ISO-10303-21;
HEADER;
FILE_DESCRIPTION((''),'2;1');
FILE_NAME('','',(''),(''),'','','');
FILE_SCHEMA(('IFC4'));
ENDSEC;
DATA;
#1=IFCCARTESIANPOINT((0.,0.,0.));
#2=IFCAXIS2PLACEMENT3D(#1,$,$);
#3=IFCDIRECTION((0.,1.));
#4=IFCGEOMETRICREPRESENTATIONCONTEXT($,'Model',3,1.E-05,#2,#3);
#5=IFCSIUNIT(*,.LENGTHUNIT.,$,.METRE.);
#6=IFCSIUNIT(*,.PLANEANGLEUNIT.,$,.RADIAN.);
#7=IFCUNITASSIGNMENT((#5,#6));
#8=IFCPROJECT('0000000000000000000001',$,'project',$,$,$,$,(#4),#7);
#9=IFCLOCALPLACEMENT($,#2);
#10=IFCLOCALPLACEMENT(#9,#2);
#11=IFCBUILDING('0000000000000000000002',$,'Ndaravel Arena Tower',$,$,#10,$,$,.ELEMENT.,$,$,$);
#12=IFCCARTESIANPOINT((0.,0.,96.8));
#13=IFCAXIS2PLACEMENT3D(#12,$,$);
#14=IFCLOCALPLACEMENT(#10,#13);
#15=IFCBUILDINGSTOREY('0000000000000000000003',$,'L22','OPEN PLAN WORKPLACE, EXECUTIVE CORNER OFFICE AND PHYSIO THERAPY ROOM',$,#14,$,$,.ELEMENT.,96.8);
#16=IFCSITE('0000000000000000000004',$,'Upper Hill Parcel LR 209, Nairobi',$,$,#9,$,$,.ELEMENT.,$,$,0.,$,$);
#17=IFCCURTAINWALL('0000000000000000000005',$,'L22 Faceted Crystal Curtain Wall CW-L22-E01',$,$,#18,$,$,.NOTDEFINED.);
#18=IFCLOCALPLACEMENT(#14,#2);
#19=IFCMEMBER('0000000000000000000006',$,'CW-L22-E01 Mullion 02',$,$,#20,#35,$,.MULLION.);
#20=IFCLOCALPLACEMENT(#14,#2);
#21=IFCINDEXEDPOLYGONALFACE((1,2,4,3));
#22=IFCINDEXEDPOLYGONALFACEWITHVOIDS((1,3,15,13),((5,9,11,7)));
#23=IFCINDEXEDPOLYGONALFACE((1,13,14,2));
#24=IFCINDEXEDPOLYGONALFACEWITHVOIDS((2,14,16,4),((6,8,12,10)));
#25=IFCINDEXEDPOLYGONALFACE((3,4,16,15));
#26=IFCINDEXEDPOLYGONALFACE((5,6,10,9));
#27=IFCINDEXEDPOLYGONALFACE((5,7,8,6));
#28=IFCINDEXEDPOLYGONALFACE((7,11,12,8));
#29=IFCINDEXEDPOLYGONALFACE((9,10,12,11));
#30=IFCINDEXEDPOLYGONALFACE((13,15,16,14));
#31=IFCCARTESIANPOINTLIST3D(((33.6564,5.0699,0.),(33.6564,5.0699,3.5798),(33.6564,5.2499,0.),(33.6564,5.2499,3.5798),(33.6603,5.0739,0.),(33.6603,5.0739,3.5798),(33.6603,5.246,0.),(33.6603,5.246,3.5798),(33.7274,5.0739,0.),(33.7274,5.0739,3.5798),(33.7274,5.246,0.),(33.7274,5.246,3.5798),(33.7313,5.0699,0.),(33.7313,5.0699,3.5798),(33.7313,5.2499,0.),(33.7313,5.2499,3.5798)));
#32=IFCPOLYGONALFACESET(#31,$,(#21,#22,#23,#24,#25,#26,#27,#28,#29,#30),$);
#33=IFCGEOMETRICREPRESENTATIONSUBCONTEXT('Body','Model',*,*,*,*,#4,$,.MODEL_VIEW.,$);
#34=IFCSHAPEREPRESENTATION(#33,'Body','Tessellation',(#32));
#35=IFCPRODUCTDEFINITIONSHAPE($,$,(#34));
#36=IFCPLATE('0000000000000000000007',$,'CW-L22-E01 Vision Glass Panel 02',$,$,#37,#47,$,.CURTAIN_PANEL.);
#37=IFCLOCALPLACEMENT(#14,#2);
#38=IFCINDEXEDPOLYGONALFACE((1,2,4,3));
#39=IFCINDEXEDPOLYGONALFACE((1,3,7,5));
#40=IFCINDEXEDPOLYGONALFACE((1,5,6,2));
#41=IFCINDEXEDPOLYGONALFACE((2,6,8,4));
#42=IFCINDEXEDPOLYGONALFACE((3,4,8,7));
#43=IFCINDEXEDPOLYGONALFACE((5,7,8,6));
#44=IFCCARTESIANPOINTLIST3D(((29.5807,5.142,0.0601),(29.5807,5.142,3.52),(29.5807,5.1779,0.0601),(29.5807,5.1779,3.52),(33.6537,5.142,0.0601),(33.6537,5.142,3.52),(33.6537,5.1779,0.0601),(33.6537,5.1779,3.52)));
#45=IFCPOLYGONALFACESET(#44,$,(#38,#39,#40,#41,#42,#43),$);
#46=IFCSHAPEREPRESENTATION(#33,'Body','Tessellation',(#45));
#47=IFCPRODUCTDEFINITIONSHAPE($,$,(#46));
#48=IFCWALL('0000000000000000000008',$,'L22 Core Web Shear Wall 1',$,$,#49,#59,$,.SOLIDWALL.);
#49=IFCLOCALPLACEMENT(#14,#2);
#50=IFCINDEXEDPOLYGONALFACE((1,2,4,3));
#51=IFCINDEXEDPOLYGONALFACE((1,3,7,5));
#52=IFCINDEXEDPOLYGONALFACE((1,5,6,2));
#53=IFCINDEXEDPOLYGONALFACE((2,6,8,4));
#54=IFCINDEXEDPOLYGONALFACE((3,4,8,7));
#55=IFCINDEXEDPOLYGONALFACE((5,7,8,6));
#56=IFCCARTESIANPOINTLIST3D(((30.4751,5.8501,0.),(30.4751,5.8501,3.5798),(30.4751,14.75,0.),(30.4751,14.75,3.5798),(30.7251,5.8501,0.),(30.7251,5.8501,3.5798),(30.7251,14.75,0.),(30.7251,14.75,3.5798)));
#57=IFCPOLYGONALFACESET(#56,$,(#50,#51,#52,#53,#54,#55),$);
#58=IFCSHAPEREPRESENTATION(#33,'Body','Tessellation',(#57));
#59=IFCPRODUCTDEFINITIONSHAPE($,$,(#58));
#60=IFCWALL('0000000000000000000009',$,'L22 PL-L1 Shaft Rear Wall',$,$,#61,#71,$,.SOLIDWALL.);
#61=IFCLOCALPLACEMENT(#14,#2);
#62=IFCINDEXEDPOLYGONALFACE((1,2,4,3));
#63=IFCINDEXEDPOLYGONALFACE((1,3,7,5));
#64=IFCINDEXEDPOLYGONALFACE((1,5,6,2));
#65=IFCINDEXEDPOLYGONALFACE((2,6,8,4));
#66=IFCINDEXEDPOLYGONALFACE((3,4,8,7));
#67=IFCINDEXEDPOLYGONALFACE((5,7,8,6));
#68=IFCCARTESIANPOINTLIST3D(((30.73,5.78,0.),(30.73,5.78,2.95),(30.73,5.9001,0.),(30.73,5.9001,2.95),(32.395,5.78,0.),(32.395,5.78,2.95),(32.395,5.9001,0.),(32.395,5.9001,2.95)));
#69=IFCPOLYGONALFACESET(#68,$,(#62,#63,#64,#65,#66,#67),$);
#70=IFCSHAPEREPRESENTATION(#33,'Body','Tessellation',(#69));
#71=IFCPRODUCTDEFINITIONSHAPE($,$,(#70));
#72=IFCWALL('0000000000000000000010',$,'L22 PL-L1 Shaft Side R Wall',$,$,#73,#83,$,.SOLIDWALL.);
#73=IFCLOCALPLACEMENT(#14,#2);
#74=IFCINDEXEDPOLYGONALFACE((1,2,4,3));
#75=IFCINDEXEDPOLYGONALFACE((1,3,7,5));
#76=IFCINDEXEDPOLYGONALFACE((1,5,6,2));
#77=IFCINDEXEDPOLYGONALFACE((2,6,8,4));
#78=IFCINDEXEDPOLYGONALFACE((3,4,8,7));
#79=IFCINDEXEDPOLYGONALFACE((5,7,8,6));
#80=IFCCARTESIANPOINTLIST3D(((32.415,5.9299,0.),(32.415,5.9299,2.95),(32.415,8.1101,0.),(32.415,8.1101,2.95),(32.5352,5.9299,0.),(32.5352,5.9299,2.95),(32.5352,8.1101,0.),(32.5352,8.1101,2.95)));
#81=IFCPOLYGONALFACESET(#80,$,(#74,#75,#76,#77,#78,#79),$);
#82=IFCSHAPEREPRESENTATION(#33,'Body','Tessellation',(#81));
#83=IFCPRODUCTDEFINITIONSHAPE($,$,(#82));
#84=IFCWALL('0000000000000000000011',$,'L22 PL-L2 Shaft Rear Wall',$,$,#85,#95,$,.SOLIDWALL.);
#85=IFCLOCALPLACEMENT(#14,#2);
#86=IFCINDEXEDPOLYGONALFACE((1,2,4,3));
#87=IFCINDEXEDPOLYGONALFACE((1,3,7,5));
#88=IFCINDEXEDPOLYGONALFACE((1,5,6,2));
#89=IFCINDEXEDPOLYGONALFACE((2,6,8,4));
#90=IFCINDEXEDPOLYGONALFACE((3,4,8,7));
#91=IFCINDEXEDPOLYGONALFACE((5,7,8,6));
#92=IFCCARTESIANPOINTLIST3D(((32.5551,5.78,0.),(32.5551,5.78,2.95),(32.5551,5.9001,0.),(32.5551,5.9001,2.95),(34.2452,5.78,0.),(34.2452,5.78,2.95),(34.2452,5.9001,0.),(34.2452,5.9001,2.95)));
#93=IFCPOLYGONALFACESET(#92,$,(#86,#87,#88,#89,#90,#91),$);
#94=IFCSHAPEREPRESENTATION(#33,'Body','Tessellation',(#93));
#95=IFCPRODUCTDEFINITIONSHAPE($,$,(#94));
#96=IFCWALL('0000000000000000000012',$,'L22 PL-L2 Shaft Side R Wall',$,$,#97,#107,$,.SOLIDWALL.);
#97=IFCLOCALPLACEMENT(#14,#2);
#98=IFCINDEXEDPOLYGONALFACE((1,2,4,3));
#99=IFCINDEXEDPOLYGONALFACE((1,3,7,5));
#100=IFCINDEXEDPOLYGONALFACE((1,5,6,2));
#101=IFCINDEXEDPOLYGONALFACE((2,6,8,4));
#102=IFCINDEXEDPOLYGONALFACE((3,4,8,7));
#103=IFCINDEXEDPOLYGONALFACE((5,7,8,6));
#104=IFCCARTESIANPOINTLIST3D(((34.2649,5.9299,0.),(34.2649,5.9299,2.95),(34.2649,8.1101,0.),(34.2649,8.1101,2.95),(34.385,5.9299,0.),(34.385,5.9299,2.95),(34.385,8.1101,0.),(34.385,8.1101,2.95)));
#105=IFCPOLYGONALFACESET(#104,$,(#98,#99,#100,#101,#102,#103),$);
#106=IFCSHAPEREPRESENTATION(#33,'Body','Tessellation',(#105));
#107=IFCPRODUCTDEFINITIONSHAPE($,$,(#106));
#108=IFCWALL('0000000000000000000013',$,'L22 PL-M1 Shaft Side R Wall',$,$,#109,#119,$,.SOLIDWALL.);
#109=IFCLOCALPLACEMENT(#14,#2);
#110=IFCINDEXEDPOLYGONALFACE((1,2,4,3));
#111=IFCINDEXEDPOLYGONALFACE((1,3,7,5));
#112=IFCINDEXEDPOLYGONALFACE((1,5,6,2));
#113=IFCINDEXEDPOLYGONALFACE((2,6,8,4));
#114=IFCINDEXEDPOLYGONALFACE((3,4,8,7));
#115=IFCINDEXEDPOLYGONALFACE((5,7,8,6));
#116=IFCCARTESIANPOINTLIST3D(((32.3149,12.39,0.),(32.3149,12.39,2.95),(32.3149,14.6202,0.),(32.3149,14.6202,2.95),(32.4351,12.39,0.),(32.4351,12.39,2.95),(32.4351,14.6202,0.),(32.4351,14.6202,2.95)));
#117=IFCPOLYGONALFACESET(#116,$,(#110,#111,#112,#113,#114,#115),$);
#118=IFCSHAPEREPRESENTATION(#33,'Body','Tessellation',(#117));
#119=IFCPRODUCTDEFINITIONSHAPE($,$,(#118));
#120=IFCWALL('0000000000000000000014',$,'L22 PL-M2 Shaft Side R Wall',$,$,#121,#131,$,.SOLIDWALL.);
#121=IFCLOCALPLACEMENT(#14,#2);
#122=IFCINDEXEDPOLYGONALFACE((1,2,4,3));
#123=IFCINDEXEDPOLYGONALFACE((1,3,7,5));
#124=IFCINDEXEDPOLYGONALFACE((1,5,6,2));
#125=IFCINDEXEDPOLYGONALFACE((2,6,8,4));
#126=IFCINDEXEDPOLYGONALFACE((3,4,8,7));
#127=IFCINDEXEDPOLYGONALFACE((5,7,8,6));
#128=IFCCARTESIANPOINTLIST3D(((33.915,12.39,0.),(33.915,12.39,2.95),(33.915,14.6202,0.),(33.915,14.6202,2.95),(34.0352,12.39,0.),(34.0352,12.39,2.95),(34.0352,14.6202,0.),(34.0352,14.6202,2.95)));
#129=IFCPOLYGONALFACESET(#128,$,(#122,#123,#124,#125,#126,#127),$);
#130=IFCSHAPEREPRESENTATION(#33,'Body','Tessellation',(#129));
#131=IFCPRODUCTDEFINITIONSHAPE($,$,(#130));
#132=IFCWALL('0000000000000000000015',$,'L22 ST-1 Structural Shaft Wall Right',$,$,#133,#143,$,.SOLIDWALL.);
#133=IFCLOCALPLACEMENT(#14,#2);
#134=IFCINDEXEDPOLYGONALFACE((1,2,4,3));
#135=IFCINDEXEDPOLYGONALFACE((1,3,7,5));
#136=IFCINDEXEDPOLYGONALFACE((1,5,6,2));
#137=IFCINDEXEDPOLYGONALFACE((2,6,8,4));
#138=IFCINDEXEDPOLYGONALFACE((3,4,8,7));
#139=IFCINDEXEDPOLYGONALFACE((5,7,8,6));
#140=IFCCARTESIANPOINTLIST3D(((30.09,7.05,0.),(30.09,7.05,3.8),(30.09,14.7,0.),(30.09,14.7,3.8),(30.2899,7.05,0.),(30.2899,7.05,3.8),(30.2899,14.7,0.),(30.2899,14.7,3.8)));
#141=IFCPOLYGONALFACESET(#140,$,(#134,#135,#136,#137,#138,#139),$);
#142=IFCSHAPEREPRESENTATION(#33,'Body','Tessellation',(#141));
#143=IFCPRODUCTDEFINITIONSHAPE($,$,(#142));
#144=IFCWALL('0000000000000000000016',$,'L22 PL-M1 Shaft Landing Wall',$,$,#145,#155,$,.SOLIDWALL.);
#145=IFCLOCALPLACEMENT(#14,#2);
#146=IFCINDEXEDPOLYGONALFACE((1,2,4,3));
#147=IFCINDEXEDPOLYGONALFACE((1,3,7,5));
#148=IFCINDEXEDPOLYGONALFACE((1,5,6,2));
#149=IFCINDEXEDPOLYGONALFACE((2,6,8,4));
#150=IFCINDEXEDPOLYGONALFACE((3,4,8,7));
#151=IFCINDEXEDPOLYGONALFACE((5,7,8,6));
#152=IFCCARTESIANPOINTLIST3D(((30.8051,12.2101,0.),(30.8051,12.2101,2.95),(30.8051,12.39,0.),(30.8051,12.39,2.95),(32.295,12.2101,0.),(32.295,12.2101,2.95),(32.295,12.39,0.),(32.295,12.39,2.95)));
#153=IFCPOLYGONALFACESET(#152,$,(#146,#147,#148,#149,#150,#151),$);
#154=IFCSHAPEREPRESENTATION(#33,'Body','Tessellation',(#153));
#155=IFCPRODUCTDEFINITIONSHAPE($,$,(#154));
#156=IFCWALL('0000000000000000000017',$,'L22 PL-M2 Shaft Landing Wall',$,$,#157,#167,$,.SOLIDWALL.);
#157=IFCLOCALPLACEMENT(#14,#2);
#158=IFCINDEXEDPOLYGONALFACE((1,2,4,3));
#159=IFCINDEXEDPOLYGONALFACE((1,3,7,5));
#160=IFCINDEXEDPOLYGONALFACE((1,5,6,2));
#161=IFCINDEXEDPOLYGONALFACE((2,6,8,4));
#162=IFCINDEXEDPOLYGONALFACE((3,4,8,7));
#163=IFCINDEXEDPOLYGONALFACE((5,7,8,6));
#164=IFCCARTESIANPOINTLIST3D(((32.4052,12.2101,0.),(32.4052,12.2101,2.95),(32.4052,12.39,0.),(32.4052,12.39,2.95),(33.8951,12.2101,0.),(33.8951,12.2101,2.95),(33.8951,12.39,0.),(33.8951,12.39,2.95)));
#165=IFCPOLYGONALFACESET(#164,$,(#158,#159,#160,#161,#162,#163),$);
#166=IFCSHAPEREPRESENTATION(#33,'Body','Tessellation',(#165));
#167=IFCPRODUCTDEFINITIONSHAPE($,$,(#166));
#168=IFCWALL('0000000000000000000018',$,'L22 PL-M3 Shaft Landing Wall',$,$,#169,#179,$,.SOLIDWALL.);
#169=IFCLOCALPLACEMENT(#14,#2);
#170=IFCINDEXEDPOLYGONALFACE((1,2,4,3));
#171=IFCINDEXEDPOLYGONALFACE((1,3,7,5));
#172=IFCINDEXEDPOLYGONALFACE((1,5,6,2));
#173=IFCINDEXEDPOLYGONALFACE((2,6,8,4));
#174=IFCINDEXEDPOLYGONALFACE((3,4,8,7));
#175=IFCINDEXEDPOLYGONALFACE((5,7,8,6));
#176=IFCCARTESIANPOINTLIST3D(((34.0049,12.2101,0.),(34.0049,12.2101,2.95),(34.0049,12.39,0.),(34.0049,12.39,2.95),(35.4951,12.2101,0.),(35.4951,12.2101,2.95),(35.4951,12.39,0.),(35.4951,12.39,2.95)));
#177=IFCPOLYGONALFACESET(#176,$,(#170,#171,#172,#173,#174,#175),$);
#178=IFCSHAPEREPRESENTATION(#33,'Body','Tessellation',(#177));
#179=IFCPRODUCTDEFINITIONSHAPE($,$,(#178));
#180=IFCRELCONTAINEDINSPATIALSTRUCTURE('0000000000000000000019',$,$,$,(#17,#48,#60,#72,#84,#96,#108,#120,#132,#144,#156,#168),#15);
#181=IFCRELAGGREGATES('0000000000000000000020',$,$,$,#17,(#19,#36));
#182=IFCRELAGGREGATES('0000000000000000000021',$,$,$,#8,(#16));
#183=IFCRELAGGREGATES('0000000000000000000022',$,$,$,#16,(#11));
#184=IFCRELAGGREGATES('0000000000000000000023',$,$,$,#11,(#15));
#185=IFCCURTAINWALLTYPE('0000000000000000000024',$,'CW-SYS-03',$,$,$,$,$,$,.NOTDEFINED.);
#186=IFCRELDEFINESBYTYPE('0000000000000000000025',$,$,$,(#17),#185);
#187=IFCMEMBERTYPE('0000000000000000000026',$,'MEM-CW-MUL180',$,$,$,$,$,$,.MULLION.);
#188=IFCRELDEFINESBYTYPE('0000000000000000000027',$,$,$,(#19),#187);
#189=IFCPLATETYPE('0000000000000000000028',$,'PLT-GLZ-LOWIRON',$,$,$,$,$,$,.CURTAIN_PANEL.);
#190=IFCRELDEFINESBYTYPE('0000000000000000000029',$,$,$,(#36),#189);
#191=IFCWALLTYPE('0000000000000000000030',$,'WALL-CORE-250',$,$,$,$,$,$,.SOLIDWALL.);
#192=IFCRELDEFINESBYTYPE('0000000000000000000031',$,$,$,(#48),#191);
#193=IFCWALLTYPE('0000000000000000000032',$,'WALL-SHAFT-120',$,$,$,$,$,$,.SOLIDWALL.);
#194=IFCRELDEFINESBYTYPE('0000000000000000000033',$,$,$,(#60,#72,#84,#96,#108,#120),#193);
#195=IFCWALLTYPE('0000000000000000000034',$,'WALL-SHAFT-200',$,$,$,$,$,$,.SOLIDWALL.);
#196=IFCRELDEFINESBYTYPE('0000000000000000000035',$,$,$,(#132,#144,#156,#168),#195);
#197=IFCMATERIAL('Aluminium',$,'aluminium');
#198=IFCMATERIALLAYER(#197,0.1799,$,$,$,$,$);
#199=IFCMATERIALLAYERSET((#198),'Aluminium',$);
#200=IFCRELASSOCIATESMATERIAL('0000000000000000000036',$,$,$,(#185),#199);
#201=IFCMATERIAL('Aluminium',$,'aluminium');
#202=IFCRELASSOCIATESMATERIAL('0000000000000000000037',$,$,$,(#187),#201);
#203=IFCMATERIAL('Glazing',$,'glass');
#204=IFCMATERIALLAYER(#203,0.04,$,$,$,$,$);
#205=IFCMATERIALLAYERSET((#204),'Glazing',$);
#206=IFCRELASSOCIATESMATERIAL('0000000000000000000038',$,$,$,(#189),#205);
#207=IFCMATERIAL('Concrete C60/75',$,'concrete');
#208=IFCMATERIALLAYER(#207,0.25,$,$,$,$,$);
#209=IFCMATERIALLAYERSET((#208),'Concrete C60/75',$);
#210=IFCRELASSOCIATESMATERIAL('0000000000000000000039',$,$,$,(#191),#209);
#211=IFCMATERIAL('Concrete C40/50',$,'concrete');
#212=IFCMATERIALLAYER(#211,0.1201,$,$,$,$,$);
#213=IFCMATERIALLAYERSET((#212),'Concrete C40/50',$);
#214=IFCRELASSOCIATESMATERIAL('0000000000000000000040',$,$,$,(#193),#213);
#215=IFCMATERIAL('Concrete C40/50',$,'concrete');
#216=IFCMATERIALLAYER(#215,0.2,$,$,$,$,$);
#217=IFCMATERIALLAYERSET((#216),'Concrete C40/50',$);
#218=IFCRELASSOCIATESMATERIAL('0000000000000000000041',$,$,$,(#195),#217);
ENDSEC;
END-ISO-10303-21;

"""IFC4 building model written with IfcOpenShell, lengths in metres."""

from ifc_helpers import new_model, si_unit, direction, frame, frame_2d, origin, origin_2d, place, context, subcontext, project, spatial, rectangle, hollow_rectangle, extrude, material, layer, layer_set, material_profile, profile_set, type_object, element, aggregate, save


model = new_model("IFC4")

# Units and contexts
model_context = context("Model", 3, precision=1e-05, world=origin(), true_north=direction((0.0, 1.0)))
body_context = subcontext(model_context, "Body", "Model", "MODEL_VIEW")
ifc_project = project(units=[si_unit("LENGTHUNIT", "METRE"), si_unit("PLANEANGLEUNIT", "RADIAN")], contexts=[model_context])

# Site, building, storey
site_placement = place(None, origin())
site = spatial("IfcSite", under=ifc_project, at=site_placement, Name="Upper Hill Parcel LR 209, Nairobi", CompositionType="ELEMENT", RefElevation=0.0)
building_placement = place(site_placement, origin())
building = spatial("IfcBuilding", under=site, at=building_placement, Name="Ndaravel Arena Tower", CompositionType="ELEMENT")
storey_placement = place(building_placement, frame((0.0, 0.0, 96.8)))
storey = spatial("IfcBuildingStorey", under=building, at=storey_placement, Name="L22", Description="OPEN PLAN WORKPLACE, EXECUTIVE CORNER OFFICE AND PHYSIO THERAPY ROOM", CompositionType="ELEMENT", Elevation=96.8)

# Curtain wall, member, plate
ifc_material_1 = material(Name="Aluminium", Category="aluminium")
ifc_layer_1 = layer(ifc_material_1, 0.1799)
ifc_layer_set_1 = layer_set([ifc_layer_1], Name="Aluminium")
curtain_wall_type = type_object("IfcCurtainWallType", Name="CW-SYS-03", PredefinedType="NOTDEFINED", material=ifc_layer_set_1)
curtain_wall_placement = place(storey_placement, origin())
curtain_wall = element("IfcCurtainWall", 1, at=curtain_wall_placement, inside=storey, type_object=curtain_wall_type, Name="L22 Faceted Crystal Curtain Wall CW-L22-E01", PredefinedType="NOTDEFINED")
ifc_material_2 = material(Name="Aluminium", Category="aluminium")
ifc_material_profile = material_profile(ifc_material_2, hollow_rectangle(XDim=0.075, YDim=0.1799, WallThickness=0.0039, at=origin_2d()), Name="CW MULLION 75x180x4")
ifc_profile_set = profile_set([ifc_material_profile], Name="Aluminium")
member_type = type_object("IfcMemberType", Name="MEM-CW-MUL180", PredefinedType="MULLION", material=ifc_profile_set)
member_placement = place(storey_placement, frame((33.6938, 5.1599, 0.0), z_axis=(0.0, 0.0, 1.0), x_axis=(1.0, 0.0, 0.0)))
member = element("IfcMember", 2, at=member_placement, type_object=member_type, Name="CW-L22-E01 Mullion 02", PredefinedType="MULLION", context=body_context, shape_type="SweptSolid", body=[
    extrude(hollow_rectangle(XDim=0.075, YDim=0.1799, WallThickness=0.0039, at=origin_2d()), origin(), (0.0, 0.0, 1.0), 3.5798),
])
ifc_material_3 = material(Name="Glazing", Category="glass")
ifc_layer_2 = layer(ifc_material_3, 0.04)
ifc_layer_set_2 = layer_set([ifc_layer_2], Name="Glazing")
plate_type = type_object("IfcPlateType", Name="PLT-GLZ-LOWIRON", PredefinedType="CURTAIN_PANEL", material=ifc_layer_set_2)
plate_placement = place(storey_placement, frame((31.6172, 5.1599, 0.0601), z_axis=(0.0, 0.0, 1.0), x_axis=(1.0, 0.0, 0.0)))
plate = element("IfcPlate", 3, at=plate_placement, type_object=plate_type, Name="CW-L22-E01 Vision Glass Panel 02", PredefinedType="CURTAIN_PANEL", context=body_context, shape_type="SweptSolid", body=[
    extrude(rectangle(XDim=4.073, YDim=0.0359, at=origin_2d()), origin(), (0.0, 0.0, 1.0), 3.46),
])
aggregate(curtain_wall, [member, plate])

# Walls
ifc_material_4 = material(Name="Concrete C60/75", Category="concrete")
ifc_layer_3 = layer(ifc_material_4, 0.25)
ifc_layer_set_3 = layer_set([ifc_layer_3], Name="Concrete C60/75")
wall_type_1 = type_object("IfcWallType", Name="WALL-CORE-250", PredefinedType="SOLIDWALL", material=ifc_layer_set_3)
wall_1_placement = place(storey_placement, frame((30.6001, 5.8501, 0.0), z_axis=(0.0, 0.0, 1.0), x_axis=(0.0, 1.0, 0.0)))
element("IfcWall", 4, at=wall_1_placement, inside=storey, type_object=wall_type_1, Name="L22 Core Web Shear Wall 1", PredefinedType="SOLIDWALL", context=body_context, shape_type="SweptSolid", body=[
    extrude(rectangle(XDim=8.8999, YDim=0.25, at=frame_2d((4.45, 0.0))), origin(), (0.0, 0.0, 1.0), 3.5798),
])
ifc_material_5 = material(Name="Concrete C40/50", Category="concrete")
ifc_layer_4 = layer(ifc_material_5, 0.1201)
ifc_layer_set_4 = layer_set([ifc_layer_4], Name="Concrete C40/50")
wall_type_2 = type_object("IfcWallType", Name="WALL-SHAFT-120", PredefinedType="SOLIDWALL", material=ifc_layer_set_4)
wall_2_placement = place(storey_placement, frame((30.73, 5.8401, 0.0), z_axis=(0.0, 0.0, 1.0), x_axis=(1.0, 0.0, 0.0)))
element("IfcWall", 5, at=wall_2_placement, inside=storey, type_object=wall_type_2, Name="L22 PL-L1 Shaft Rear Wall", PredefinedType="SOLIDWALL", context=body_context, shape_type="SweptSolid", body=[
    extrude(rectangle(XDim=1.665, YDim=0.1201, at=frame_2d((0.8325, 0.0))), origin(), (0.0, 0.0, 1.0), 2.95),
])
wall_3_placement = place(storey_placement, frame((32.4751, 5.9299, 0.0), z_axis=(0.0, 0.0, 1.0), x_axis=(0.0, 1.0, 0.0)))
element("IfcWall", 6, at=wall_3_placement, inside=storey, type_object=wall_type_2, Name="L22 PL-L1 Shaft Side R Wall", PredefinedType="SOLIDWALL", context=body_context, shape_type="SweptSolid", body=[
    extrude(rectangle(XDim=2.1802, YDim=0.1201, at=frame_2d((1.0901, 0.0))), origin(), (0.0, 0.0, 1.0), 2.95),
])
wall_4_placement = place(storey_placement, frame((32.5549, 5.8401, 0.0), z_axis=(0.0, 0.0, 1.0), x_axis=(1.0, 0.0, 0.0)))
element("IfcWall", 7, at=wall_4_placement, inside=storey, type_object=wall_type_2, Name="L22 PL-L2 Shaft Rear Wall", PredefinedType="SOLIDWALL", context=body_context, shape_type="SweptSolid", body=[
    extrude(rectangle(XDim=1.6902, YDim=0.1201, at=frame_2d((0.8452, 0.0))), origin(), (0.0, 0.0, 1.0), 2.95),
])
wall_5_placement = place(storey_placement, frame((34.325, 5.9299, 0.0), z_axis=(0.0, 0.0, 1.0), x_axis=(0.0, 1.0, 0.0)))
element("IfcWall", 8, at=wall_5_placement, inside=storey, type_object=wall_type_2, Name="L22 PL-L2 Shaft Side R Wall", PredefinedType="SOLIDWALL", context=body_context, shape_type="SweptSolid", body=[
    extrude(rectangle(XDim=2.1802, YDim=0.1201, at=frame_2d((1.0901, 0.0))), origin(), (0.0, 0.0, 1.0), 2.95),
])
for number, where, z_axis, x_axis, name in (
    (9, (32.375, 12.3899, 0.0), (0.0, 0.0, 1.0), (0.0, 1.0, 0.0), "L22 PL-M1 Shaft Side R Wall"),
    (10, (33.9751, 12.3899, 0.0), (0.0, 0.0, 1.0), (0.0, 1.0, 0.0), "L22 PL-M2 Shaft Side R Wall"),
):
    element("IfcWall", number, at=place(storey_placement, frame(where, z_axis=z_axis, x_axis=x_axis)), inside=storey, type_object=wall_type_2, Name=name, PredefinedType="SOLIDWALL", context=body_context, shape_type="SweptSolid", body=[
        extrude(rectangle(XDim=2.2302, YDim=0.1201, at=frame_2d((1.1152, 0.0))), origin(), (0.0, 0.0, 1.0), 2.95),
    ])
ifc_material_6 = material(Name="Concrete C40/50", Category="concrete")
ifc_layer_5 = layer(ifc_material_6, 0.2)
ifc_layer_set_5 = layer_set([ifc_layer_5], Name="Concrete C40/50")
wall_type_3 = type_object("IfcWallType", Name="WALL-SHAFT-200", PredefinedType="SOLIDWALL", material=ifc_layer_set_5)
wall_6_placement = place(storey_placement, frame((30.1899, 14.7, 0.0), z_axis=(0.0, 0.0, 1.0), x_axis=(0.0, -1.0, 0.0)))
element("IfcWall", 11, at=wall_6_placement, inside=storey, type_object=wall_type_3, Name="L22 ST-1 Structural Shaft Wall Right", PredefinedType="SOLIDWALL", context=body_context, shape_type="SweptSolid", body=[
    extrude(rectangle(XDim=7.6499, YDim=0.2, at=frame_2d((3.825, 0.0))), origin(), (0.0, 0.0, 1.0), 3.8),
])

# Walls
for number, where, z_axis, x_axis, name in (
    (12, (30.8049, 12.3, 0.0), (0.0, 0.0, 1.0), (1.0, 0.0, 0.0), "L22 PL-M1 Shaft Landing Wall"),
    (13, (32.405, 12.3, 0.0), (0.0, 0.0, 1.0), (1.0, 0.0, 0.0), "L22 PL-M2 Shaft Landing Wall"),
):
    element("IfcWall", number, at=place(storey_placement, frame(where, z_axis=z_axis, x_axis=x_axis)), inside=storey, type_object=wall_type_3, Name=name, PredefinedType="SOLIDWALL", context=body_context, shape_type="SweptSolid", body=[
        extrude(rectangle(XDim=1.49, YDim=0.1799, at=frame_2d((0.7451, 0.0))), origin(), (0.0, 0.0, 1.0), 2.95),
    ])
wall_7_placement = place(storey_placement, frame((34.0049, 12.3, 0.0), z_axis=(0.0, 0.0, 1.0), x_axis=(1.0, 0.0, 0.0)))
element("IfcWall", 14, at=wall_7_placement, inside=storey, type_object=wall_type_3, Name="L22 PL-M3 Shaft Landing Wall", PredefinedType="SOLIDWALL", context=body_context, shape_type="SweptSolid", body=[
    extrude(rectangle(XDim=1.4902, YDim=0.1799, at=frame_2d((0.7451, 0.0))), origin(), (0.0, 0.0, 1.0), 2.95),
])

save(model, "model.ifc")
